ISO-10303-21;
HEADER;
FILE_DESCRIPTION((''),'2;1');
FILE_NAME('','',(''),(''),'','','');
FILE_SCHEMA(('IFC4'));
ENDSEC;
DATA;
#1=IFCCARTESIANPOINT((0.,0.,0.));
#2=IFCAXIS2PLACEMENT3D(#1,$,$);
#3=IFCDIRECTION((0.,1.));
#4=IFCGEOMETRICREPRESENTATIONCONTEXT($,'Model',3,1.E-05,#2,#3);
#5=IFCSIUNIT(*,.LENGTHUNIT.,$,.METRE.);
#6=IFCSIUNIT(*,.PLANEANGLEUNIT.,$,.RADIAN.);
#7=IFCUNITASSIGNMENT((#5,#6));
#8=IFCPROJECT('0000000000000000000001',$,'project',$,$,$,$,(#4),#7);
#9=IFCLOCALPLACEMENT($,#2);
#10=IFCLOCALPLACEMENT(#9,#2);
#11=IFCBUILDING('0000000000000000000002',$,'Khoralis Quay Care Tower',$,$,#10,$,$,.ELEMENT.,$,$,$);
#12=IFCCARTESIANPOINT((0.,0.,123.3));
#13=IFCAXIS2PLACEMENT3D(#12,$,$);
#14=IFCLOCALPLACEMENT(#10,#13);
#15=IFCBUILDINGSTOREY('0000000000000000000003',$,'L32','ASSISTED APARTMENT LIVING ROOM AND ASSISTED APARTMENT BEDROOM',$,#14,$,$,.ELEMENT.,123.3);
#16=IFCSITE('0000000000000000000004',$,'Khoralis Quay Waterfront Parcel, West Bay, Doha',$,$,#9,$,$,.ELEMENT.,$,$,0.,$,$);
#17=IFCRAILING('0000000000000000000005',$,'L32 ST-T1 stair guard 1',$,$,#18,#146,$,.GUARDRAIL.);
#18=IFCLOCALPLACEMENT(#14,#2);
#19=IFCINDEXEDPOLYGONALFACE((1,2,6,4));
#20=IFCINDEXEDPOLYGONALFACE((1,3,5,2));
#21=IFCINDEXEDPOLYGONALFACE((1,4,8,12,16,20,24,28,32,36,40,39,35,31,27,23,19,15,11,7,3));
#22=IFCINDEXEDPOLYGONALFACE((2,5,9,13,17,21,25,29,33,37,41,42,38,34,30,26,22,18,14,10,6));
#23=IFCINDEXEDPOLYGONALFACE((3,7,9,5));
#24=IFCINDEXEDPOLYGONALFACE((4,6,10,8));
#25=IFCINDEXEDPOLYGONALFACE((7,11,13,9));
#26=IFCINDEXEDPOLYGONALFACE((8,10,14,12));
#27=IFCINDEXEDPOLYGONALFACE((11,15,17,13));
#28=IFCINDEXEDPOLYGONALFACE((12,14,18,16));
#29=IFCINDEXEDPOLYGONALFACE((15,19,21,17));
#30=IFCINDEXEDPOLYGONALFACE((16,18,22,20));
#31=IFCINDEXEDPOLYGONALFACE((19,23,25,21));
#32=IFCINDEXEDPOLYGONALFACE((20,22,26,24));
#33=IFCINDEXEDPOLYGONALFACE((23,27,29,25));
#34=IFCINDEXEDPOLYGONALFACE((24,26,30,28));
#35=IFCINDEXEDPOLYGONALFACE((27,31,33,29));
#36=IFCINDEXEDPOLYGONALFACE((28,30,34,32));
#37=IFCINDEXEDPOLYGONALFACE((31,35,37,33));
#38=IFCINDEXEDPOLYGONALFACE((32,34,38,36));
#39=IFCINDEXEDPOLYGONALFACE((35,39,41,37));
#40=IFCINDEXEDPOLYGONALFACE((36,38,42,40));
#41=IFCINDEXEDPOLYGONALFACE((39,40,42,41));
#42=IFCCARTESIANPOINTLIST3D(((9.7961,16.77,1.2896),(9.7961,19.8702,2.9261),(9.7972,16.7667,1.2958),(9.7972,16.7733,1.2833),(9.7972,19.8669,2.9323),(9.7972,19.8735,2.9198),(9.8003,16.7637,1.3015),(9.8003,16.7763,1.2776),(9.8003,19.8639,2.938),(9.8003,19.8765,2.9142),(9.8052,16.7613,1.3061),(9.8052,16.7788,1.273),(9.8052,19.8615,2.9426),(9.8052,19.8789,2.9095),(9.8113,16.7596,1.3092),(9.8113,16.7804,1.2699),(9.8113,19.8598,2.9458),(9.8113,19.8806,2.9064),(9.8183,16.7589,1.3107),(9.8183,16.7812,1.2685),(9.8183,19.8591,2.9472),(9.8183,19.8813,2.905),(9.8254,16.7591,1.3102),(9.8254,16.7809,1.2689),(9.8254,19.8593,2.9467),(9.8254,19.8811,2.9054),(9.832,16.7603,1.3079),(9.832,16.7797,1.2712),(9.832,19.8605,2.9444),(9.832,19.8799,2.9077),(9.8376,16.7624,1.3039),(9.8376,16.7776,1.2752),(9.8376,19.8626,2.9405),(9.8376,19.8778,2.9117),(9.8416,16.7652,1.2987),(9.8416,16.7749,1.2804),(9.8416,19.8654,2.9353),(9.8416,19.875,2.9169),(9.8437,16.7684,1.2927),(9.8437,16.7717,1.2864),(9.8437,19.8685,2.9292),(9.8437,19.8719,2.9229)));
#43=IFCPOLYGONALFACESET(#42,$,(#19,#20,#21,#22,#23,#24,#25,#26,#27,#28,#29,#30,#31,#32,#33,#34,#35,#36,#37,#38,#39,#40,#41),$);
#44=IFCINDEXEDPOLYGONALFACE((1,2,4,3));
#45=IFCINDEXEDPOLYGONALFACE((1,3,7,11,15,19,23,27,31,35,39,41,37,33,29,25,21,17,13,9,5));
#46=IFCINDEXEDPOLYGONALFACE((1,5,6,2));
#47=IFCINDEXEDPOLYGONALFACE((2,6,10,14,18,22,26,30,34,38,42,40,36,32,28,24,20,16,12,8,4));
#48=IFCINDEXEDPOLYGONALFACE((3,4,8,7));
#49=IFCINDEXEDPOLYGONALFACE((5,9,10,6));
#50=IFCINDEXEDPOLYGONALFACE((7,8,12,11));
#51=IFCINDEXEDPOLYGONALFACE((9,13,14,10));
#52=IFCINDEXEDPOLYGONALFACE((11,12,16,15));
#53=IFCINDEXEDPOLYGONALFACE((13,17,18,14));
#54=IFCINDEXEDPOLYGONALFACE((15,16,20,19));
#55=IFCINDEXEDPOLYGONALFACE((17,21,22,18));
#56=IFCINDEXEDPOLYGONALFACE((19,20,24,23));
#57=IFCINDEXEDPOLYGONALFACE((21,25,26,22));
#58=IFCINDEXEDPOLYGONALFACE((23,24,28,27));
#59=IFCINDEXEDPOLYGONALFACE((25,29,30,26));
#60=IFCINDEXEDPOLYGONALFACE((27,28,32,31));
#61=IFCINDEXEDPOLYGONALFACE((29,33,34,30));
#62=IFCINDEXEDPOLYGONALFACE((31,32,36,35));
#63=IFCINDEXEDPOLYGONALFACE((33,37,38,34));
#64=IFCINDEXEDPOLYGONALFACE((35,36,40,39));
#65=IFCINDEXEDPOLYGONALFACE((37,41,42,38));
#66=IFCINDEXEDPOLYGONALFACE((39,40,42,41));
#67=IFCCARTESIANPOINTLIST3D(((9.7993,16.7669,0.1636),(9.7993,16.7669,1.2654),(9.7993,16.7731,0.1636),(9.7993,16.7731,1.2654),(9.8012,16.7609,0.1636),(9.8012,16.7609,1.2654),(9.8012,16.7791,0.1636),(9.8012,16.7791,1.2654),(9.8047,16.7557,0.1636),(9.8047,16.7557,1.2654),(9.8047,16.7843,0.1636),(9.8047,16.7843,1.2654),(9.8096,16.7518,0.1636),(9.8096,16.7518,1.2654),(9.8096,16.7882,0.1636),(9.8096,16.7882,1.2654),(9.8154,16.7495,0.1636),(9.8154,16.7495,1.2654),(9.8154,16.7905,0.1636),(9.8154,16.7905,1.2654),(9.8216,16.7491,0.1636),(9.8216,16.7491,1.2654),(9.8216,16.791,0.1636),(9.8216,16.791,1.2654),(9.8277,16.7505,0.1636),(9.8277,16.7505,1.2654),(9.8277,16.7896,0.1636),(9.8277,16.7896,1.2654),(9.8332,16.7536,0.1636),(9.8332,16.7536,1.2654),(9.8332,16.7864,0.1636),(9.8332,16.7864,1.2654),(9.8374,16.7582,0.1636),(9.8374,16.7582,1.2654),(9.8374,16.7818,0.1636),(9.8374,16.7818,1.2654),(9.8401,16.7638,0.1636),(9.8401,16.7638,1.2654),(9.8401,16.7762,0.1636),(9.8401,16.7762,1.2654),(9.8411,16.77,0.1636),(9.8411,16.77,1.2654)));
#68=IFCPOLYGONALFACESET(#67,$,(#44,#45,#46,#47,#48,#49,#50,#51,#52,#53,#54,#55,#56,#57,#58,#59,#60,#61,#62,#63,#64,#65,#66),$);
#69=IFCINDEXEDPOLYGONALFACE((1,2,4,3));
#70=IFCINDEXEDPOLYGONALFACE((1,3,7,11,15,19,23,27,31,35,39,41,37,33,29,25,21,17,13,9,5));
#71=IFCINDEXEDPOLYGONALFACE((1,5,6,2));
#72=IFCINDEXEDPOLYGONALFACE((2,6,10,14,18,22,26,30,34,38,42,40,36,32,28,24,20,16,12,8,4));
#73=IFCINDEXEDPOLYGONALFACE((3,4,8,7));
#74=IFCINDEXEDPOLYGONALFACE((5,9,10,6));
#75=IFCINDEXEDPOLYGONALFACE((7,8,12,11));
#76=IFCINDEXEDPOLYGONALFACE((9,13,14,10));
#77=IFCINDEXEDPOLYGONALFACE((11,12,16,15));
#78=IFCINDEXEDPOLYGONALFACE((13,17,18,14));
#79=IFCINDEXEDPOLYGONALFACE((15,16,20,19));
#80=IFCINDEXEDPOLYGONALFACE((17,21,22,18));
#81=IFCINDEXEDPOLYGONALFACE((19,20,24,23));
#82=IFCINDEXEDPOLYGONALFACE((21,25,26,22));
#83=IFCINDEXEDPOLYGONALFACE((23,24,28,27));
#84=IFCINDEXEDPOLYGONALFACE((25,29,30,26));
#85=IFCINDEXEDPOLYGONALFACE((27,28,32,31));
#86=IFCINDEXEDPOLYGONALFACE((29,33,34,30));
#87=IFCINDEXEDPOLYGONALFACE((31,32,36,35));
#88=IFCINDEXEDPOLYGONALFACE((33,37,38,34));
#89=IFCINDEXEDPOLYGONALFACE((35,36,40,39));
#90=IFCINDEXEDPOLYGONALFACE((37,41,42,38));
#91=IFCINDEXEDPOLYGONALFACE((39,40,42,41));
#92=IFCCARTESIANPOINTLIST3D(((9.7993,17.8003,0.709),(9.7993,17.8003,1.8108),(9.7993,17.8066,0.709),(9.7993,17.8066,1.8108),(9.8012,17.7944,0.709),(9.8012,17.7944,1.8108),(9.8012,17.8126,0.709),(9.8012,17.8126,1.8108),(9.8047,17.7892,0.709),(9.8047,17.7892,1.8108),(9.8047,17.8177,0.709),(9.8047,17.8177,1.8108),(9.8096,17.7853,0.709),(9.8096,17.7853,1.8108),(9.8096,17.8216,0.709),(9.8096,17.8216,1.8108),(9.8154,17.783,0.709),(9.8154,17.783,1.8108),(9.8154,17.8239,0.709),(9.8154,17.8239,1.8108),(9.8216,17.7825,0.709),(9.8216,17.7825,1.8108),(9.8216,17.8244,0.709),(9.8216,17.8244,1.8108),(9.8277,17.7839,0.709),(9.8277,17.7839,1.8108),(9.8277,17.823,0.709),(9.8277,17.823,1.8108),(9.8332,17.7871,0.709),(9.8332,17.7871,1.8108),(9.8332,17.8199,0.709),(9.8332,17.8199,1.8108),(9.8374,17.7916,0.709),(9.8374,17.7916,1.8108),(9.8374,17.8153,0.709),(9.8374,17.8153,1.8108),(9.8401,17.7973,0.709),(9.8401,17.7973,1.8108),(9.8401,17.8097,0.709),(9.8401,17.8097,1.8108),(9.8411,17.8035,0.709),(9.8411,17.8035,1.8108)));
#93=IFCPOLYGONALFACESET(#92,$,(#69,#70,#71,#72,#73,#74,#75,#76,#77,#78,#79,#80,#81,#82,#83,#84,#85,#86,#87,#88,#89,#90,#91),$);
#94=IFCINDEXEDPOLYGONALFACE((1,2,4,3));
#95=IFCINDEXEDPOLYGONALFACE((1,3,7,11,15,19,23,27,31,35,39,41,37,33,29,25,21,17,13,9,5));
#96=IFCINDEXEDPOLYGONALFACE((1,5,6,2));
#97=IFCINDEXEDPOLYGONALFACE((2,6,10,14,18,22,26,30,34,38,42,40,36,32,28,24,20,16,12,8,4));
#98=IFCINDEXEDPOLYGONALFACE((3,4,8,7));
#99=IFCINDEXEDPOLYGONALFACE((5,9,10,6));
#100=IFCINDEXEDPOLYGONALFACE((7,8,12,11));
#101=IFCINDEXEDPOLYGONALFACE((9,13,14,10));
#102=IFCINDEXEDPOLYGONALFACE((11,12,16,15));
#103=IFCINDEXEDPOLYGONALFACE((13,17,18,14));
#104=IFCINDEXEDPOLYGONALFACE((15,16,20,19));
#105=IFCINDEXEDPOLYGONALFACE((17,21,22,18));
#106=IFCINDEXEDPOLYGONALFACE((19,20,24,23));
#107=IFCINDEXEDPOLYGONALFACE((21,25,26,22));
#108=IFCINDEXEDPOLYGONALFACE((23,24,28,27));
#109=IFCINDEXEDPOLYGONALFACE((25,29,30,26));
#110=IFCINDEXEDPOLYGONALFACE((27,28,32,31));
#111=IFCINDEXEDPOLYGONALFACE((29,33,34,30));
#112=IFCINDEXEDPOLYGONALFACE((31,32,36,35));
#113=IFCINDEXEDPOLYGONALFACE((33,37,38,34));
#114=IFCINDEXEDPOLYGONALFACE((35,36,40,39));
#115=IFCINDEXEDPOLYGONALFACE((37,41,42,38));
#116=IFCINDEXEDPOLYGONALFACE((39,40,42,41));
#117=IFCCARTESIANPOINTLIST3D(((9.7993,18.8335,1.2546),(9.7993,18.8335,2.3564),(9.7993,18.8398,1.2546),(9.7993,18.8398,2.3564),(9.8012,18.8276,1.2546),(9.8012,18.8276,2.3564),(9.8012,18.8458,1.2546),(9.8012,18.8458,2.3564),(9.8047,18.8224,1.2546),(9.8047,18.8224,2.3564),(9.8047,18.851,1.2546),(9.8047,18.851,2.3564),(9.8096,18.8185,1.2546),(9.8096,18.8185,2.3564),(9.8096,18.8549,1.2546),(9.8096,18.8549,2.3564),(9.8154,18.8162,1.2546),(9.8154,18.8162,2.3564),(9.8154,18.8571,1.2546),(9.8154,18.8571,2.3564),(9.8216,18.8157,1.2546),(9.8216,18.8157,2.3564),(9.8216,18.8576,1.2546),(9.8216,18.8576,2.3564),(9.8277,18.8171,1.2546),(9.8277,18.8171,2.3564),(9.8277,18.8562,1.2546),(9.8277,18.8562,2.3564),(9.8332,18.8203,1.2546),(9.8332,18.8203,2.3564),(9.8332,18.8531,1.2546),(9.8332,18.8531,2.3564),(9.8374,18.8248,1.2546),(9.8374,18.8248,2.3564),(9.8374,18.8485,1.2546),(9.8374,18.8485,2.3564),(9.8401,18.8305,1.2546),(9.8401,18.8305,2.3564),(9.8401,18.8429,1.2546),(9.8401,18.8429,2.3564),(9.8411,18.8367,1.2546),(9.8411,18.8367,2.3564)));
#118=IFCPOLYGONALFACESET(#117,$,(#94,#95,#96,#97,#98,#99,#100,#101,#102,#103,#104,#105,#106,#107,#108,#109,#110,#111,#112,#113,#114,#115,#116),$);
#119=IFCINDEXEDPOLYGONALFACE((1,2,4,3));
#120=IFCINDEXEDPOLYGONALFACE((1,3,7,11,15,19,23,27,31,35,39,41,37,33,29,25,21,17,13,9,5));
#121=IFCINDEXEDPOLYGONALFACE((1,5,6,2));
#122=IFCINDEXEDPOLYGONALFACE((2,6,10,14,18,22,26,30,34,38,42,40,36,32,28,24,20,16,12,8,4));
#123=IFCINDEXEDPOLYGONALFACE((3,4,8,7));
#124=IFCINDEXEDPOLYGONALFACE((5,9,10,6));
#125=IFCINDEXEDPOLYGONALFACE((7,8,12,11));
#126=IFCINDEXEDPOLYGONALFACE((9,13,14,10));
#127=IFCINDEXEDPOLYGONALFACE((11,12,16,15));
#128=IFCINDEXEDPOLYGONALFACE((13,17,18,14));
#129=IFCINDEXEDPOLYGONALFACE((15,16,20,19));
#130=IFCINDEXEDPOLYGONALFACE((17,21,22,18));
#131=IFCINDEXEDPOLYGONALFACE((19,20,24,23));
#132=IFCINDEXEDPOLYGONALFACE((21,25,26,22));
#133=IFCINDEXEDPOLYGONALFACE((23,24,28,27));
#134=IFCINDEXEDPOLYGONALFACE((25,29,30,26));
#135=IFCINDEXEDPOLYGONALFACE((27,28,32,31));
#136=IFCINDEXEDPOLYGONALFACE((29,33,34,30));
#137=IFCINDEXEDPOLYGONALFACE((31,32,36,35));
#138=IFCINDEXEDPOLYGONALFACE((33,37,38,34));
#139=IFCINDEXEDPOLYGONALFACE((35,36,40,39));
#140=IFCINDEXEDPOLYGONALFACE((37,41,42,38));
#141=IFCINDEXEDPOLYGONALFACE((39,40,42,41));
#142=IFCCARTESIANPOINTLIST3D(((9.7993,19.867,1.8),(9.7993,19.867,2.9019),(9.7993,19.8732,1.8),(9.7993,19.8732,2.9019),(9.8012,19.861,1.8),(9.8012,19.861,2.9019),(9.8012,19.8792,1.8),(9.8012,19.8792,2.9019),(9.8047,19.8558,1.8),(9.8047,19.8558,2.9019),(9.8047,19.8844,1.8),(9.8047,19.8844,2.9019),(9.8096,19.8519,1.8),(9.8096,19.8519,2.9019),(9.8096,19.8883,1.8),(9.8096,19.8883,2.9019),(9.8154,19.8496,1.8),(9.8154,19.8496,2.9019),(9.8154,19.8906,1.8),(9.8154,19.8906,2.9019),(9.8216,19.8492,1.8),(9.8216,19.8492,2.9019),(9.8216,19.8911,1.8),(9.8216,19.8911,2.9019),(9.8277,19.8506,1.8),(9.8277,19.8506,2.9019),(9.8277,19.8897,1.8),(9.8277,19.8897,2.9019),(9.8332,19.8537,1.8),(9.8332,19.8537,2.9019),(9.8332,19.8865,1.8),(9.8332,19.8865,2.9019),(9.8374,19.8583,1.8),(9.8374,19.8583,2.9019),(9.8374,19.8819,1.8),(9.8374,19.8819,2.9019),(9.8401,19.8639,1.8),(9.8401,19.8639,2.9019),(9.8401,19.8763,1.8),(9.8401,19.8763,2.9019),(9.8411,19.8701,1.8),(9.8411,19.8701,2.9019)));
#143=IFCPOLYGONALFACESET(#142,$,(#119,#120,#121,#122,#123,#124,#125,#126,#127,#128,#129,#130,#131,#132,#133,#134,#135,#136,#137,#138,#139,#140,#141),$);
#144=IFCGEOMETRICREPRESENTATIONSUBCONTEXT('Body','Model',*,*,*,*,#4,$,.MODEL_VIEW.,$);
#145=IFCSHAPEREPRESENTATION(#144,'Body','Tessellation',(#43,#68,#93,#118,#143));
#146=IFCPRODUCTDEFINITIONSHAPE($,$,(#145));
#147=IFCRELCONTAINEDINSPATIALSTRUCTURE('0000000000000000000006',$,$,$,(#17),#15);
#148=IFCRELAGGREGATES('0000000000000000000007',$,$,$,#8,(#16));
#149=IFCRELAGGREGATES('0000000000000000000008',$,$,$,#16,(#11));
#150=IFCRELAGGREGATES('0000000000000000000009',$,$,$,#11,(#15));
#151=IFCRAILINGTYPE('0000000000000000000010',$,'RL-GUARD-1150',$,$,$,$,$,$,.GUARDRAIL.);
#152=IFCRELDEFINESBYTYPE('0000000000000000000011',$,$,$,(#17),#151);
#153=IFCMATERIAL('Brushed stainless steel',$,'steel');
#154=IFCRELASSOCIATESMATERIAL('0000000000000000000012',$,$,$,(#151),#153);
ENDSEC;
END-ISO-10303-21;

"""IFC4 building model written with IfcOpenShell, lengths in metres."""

from ifc_helpers import new_model, si_unit, direction, frame, origin, origin_2d, place, context, subcontext, project, spatial, circle, extrude, material, type_object, element, save


model = new_model("IFC4")

# Units and contexts
model_context = context("Model", 3, precision=1e-05, world=origin(), true_north=direction((0.0, 1.0)))
body_context = subcontext(model_context, "Body", "Model", "MODEL_VIEW")
ifc_project = project(units=[si_unit("LENGTHUNIT", "METRE"), si_unit("PLANEANGLEUNIT", "RADIAN")], contexts=[model_context])

# Site, building, storey
site_placement = place(None, origin())
site = spatial("IfcSite", under=ifc_project, at=site_placement, Name="Khoralis Quay Waterfront Parcel, West Bay, Doha", CompositionType="ELEMENT", RefElevation=0.0)
building_placement = place(site_placement, origin())
building = spatial("IfcBuilding", under=site, at=building_placement, Name="Khoralis Quay Care Tower", CompositionType="ELEMENT")
storey_placement = place(building_placement, frame((0.0, 0.0, 123.3)))
storey = spatial("IfcBuildingStorey", under=building, at=storey_placement, Name="L32", Description="ASSISTED APARTMENT LIVING ROOM AND ASSISTED APARTMENT BEDROOM", CompositionType="ELEMENT", Elevation=123.3)

# Shared definitions
ifc_material_1 = material(Name="Brushed stainless steel", Category="steel")

# Railing
railing_type_1 = type_object("IfcRailingType", Name="RL-GUARD-1150", PredefinedType="GUARDRAIL", material=ifc_material_1)
railing_1_placement = place(storey_placement, frame((9.8201, 16.77, 0.1636)))
element("IfcRailing", 1, at=railing_1_placement, inside=storey, type_object=railing_type_1, Name="L32 ST-T1 stair guard 1", PredefinedType="GUARDRAIL", context=body_context, shape_type="SweptSolid", body=[
    extrude(circle(Radius=0.0239, at=origin_2d()), frame((0.0, 0.0, 1.126), z_axis=(0.0, 0.884348, 0.466828), x_axis=(-1.0, 0.0, 0.0)), (0.0, 0.0, 1.0), 3.5056),
    extrude(circle(Radius=0.021, at=origin_2d()), origin(), (0.0, 0.0, 1.0), 1.1018),
    extrude(circle(Radius=0.021, at=origin_2d()), frame((0.0, 1.0334, 0.5454)), (0.0, 0.0, 1.0), 1.1018),
    extrude(circle(Radius=0.021, at=origin_2d()), frame((0.0, 2.0667, 1.0911)), (0.0, 0.0, 1.0), 1.1018),
    extrude(circle(Radius=0.021, at=origin_2d()), frame((0.0, 3.1001, 1.6365)), (0.0, 0.0, 1.0), 1.1018),
])

save(model, "model.ifc")
